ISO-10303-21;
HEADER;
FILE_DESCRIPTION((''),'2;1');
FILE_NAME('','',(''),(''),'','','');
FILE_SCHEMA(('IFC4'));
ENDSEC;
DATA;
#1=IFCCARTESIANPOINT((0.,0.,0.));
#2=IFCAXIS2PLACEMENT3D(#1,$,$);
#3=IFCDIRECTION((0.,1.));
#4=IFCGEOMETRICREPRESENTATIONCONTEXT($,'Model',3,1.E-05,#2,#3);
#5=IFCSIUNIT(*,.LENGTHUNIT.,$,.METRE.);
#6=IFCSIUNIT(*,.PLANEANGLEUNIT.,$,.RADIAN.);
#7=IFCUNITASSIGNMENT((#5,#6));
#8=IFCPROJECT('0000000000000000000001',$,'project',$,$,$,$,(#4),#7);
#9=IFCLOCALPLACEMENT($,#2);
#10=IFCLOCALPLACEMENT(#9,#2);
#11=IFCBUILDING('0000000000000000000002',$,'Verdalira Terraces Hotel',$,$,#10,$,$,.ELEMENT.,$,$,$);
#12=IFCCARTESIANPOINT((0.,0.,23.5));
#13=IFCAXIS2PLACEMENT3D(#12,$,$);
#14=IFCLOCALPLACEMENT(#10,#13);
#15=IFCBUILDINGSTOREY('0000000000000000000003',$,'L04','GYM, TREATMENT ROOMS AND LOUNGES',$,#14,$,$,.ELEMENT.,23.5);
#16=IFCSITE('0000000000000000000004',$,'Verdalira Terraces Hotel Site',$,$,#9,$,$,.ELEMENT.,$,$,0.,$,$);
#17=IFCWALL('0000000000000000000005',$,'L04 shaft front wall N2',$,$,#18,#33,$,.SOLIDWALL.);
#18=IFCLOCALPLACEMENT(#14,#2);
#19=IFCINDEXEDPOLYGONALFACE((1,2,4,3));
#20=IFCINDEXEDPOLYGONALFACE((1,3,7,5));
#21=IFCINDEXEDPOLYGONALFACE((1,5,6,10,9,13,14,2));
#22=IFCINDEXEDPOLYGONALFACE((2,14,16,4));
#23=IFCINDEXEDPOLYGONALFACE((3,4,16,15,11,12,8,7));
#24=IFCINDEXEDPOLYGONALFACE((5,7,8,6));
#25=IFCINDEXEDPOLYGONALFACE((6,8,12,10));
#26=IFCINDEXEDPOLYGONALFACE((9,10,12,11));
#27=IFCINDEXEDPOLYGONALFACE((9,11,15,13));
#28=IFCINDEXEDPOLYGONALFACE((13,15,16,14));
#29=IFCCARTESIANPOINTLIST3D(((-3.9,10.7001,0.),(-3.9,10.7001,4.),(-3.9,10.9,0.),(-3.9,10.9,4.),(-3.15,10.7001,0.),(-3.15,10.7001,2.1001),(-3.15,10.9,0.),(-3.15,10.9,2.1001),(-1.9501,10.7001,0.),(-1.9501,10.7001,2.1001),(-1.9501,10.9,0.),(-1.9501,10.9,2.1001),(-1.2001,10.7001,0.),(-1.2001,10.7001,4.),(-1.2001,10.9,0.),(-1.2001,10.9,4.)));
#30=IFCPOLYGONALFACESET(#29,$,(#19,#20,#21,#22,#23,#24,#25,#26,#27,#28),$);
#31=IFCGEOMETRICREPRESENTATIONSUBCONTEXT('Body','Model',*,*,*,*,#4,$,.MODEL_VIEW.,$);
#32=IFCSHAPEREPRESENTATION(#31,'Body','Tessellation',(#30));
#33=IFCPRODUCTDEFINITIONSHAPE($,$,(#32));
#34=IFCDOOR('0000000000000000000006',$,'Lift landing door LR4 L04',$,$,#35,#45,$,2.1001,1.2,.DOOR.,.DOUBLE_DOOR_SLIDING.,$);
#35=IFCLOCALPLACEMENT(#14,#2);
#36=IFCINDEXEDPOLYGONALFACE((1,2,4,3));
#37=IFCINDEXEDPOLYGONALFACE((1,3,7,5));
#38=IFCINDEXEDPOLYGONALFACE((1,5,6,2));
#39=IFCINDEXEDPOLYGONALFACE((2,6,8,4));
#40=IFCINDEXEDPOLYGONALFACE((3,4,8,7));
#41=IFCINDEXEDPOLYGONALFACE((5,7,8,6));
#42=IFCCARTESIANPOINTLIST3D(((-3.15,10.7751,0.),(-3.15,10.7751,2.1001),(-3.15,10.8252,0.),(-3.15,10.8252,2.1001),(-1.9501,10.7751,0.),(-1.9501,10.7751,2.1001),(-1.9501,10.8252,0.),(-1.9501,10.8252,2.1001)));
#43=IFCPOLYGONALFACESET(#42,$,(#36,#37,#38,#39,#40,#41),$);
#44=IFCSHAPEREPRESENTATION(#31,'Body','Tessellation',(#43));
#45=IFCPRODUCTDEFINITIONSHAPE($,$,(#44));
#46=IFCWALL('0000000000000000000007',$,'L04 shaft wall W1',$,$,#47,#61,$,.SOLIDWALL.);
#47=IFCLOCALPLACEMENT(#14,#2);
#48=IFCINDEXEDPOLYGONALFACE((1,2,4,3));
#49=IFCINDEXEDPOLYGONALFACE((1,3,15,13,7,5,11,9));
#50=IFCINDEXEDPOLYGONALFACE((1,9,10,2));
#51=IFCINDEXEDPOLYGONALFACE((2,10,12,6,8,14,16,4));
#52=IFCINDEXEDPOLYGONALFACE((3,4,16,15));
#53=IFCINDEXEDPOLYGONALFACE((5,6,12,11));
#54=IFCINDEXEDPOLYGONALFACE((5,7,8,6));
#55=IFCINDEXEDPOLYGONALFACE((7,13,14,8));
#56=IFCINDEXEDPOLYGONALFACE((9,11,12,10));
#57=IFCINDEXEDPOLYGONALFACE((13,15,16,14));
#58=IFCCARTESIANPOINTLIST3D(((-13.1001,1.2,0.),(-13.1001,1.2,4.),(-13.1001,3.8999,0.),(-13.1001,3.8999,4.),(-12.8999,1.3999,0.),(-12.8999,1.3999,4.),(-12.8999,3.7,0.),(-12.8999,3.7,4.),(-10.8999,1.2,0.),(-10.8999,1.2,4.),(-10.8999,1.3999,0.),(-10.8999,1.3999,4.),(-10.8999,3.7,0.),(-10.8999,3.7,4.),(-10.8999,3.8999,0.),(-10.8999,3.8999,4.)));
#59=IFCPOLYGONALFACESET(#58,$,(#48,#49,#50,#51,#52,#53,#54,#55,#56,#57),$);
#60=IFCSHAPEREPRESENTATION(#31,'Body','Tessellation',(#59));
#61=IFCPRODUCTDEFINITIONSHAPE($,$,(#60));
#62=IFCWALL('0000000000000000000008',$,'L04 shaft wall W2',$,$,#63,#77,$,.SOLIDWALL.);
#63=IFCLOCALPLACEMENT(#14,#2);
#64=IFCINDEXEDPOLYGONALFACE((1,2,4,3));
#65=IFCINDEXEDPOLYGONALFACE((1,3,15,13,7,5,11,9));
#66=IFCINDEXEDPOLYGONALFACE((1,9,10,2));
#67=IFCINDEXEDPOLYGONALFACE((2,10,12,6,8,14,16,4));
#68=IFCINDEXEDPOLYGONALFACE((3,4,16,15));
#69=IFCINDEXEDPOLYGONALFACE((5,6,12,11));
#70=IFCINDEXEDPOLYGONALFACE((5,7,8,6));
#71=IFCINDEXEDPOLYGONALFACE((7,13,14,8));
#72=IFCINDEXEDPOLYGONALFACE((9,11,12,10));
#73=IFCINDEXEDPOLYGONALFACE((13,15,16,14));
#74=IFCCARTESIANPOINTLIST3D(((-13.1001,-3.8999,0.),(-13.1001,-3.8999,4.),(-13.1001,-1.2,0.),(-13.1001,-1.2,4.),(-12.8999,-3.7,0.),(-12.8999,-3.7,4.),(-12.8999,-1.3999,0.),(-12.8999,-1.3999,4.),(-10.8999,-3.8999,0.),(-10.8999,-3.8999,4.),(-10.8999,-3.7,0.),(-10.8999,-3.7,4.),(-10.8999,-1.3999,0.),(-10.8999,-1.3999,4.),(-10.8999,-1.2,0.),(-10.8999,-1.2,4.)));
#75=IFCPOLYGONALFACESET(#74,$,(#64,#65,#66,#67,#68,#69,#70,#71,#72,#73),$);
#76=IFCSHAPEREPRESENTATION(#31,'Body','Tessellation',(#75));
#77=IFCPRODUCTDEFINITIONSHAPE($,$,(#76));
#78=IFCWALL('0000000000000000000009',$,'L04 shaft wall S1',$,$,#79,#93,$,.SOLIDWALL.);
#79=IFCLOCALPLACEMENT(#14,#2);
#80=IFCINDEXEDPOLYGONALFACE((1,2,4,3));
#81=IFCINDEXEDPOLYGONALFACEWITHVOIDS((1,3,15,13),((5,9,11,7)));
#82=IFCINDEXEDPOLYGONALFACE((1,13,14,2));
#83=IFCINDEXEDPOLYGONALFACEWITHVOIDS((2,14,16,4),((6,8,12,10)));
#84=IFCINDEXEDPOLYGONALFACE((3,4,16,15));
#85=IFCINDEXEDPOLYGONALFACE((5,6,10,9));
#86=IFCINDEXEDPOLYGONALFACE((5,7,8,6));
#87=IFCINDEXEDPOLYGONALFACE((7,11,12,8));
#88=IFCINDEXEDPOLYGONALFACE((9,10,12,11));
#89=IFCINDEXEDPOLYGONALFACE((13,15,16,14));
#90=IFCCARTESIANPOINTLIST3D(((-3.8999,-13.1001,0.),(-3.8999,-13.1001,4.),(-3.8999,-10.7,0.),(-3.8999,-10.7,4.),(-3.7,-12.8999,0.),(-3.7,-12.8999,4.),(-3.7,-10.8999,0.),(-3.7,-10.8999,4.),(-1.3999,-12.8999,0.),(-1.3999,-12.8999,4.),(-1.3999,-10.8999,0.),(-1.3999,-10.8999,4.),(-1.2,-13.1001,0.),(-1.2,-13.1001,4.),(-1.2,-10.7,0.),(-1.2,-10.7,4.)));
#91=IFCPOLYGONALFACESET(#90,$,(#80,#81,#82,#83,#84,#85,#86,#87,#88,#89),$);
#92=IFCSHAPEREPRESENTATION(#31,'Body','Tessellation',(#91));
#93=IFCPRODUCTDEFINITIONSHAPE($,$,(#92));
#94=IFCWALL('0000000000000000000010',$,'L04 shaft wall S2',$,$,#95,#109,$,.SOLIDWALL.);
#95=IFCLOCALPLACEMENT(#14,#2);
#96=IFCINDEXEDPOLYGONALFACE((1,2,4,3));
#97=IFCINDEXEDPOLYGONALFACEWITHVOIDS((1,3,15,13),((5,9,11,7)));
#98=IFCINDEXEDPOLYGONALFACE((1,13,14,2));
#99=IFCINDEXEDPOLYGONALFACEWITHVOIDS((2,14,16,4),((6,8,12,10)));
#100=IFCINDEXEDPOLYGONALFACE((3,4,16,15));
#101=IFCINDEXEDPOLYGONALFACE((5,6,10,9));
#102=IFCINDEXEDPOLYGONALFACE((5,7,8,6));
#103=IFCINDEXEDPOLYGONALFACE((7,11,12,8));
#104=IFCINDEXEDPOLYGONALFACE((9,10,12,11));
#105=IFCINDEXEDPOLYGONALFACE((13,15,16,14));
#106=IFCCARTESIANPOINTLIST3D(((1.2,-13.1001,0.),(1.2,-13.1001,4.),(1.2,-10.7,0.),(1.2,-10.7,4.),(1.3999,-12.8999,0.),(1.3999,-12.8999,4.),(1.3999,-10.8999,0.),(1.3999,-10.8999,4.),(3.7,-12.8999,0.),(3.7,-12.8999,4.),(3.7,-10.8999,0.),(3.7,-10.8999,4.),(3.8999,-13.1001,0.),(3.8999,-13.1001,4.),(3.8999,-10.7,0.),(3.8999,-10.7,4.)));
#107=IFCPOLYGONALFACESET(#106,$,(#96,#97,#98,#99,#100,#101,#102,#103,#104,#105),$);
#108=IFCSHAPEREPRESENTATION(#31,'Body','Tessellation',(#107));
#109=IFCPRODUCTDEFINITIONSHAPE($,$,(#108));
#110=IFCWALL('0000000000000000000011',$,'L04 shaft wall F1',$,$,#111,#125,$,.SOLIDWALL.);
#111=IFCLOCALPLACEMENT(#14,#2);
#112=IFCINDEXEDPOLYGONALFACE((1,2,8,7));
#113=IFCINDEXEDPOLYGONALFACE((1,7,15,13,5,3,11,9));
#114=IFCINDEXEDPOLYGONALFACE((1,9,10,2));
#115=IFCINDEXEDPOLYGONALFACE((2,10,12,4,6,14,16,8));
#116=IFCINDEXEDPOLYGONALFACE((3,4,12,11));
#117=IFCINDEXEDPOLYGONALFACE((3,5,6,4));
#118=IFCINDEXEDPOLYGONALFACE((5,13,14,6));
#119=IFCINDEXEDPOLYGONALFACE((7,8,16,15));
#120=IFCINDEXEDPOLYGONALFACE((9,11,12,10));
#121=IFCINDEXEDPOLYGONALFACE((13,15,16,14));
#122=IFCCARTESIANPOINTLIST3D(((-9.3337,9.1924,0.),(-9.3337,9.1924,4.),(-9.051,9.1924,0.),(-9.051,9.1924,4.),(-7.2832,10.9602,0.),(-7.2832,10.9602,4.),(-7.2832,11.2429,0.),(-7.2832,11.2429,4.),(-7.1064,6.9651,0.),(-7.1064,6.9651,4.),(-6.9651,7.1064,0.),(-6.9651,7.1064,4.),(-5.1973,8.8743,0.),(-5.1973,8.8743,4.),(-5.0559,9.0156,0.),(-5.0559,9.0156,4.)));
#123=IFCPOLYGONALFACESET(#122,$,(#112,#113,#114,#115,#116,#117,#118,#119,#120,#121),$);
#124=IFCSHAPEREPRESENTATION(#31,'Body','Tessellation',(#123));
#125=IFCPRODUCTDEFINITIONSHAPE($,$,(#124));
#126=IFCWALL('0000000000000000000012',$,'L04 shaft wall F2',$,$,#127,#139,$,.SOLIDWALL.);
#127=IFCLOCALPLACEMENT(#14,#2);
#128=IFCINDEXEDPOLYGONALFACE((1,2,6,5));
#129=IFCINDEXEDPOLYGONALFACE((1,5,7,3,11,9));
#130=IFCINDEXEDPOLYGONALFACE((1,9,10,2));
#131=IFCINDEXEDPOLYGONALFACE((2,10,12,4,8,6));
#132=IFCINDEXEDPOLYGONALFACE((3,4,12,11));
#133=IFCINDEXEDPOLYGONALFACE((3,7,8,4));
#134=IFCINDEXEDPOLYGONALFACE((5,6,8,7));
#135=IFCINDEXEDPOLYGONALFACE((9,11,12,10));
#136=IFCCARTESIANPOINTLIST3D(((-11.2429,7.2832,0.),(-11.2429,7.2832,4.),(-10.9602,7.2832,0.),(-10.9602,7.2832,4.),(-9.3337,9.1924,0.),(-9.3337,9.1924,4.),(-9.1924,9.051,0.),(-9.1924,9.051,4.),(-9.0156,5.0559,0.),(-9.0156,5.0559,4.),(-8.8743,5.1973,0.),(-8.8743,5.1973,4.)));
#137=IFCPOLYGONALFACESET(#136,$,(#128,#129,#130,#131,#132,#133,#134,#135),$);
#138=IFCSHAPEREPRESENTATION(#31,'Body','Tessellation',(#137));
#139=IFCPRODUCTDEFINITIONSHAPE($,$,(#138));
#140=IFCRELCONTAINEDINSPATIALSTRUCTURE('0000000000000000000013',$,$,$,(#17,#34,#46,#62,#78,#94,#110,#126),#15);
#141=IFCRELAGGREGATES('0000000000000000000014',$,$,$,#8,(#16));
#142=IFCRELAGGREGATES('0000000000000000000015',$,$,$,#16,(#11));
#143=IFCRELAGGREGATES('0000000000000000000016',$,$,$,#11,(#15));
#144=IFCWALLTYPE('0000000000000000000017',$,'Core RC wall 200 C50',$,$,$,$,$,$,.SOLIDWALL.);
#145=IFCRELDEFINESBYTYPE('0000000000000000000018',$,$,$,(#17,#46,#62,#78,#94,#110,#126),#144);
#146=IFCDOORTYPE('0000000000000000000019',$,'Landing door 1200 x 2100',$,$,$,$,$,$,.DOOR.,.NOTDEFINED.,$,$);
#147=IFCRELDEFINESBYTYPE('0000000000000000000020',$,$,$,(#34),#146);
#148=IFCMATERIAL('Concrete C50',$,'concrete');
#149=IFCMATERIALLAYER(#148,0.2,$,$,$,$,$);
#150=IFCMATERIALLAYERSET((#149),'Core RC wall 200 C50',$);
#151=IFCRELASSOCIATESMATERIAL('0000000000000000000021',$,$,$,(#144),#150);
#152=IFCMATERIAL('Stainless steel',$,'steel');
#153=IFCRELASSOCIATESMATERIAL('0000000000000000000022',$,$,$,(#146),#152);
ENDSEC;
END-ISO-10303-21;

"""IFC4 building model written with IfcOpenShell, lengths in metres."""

from ifc_helpers import new_model, si_unit, direction, frame, frame_2d, origin, place, context, subcontext, project, spatial, polyline, rectangle, outline, extrude, material, layer, layer_set, type_object, element, fill, save


model = new_model("IFC4")

# Units and contexts
model_context = context("Model", 3, precision=1e-05, world=origin(), true_north=direction((0.0, 1.0)))
body_context = subcontext(model_context, "Body", "Model", "MODEL_VIEW")
ifc_project = project(units=[si_unit("LENGTHUNIT", "METRE"), si_unit("PLANEANGLEUNIT", "RADIAN")], contexts=[model_context])

# Site, building, storey
site_placement = place(None, origin())
site = spatial("IfcSite", under=ifc_project, at=site_placement, Name="Verdalira Terraces Hotel Site", CompositionType="ELEMENT", RefElevation=0.0)
building_placement = place(site_placement, origin())
building = spatial("IfcBuilding", under=site, at=building_placement, Name="Verdalira Terraces Hotel", CompositionType="ELEMENT")
storey_placement = place(building_placement, frame((0.0, 0.0, 23.5)))
storey = spatial("IfcBuildingStorey", under=building, at=storey_placement, Name="L04", Description="GYM, TREATMENT ROOMS AND LOUNGES", CompositionType="ELEMENT", Elevation=23.5)

# Shared definitions
ifc_material_1 = material(Name="Concrete C50", Category="concrete")
ifc_layer_1 = layer(ifc_material_1, 0.2)
ifc_layer_set_1 = layer_set([ifc_layer_1], Name="Core RC wall 200 C50")
wall_type_1 = type_object("IfcWallType", Name="Core RC wall 200 C50", PredefinedType="SOLIDWALL", material=ifc_layer_set_1)

# Wall, opening, door
wall_1_placement = place(storey_placement, frame((-1.2, 10.8, 0.0), z_axis=(0.0, 0.0, 1.0), x_axis=(-1.0, 0.0, 0.0)))
wall_1 = element("IfcWall", 1, at=wall_1_placement, inside=storey, type_object=wall_type_1, Name="L04 shaft front wall N2", PredefinedType="SOLIDWALL", context=body_context, shape_type="SweptSolid", body=[
    extrude(rectangle(XDim=2.7, YDim=0.2, at=frame_2d((1.3501, 0.0))), origin(), (0.0, 0.0, 1.0), 4.0),
])
opening_placement = place(wall_1_placement, frame((0.75, 0.0, 0.0)))
opening = element("IfcOpeningElement", 2, at=opening_placement, cuts=wall_1, PredefinedType="OPENING", context=body_context, shape_type="SweptSolid", body=[
    extrude(rectangle(XDim=1.2, YDim=2.1001, at=frame_2d((0.6001, 1.05))), frame((0.0, 0.1099, 0.0), z_axis=(0.0, -1.0, 0.0), x_axis=(1.0, 0.0, 0.0)), (0.0, 0.0, 1.0), 0.22),
])
ifc_material_2 = material(Name="Stainless steel", Category="steel")
door_type = type_object("IfcDoorType", Name="Landing door 1200 x 2100", OperationType="NOTDEFINED", PredefinedType="DOOR", material=ifc_material_2)
door_placement = place(opening_placement, origin())
door = element("IfcDoor", 3, at=door_placement, inside=storey, type_object=door_type, Name="Lift landing door LR4 L04", OperationType="DOUBLE_DOOR_SLIDING", OverallHeight=2.1001, OverallWidth=1.2, PredefinedType="DOOR", context=body_context, shape_type="SweptSolid", body=[
    extrude(rectangle(XDim=1.2, YDim=2.1001, at=frame_2d((0.6001, 1.05))), frame((0.0, 0.0249, 0.0), z_axis=(0.0, -1.0, 0.0), x_axis=(1.0, 0.0, 0.0)), (0.0, 0.0, 1.0), 0.05),
])
fill(opening, door)

# Walls
wall_2_placement = place(storey_placement, origin())
element("IfcWall", 4, at=wall_2_placement, inside=storey, type_object=wall_type_1, Name="L04 shaft wall W1", PredefinedType="SOLIDWALL", context=body_context, shape_type="SweptSolid", body=[
    extrude(outline(polyline([(-13.1001, 3.8999), (-10.8999, 3.8999), (-10.8999, 3.7), (-12.8999, 3.7), (-12.8999, 1.3999), (-10.8999, 1.3999), (-10.8999, 1.2), (-13.1001, 1.2), (-13.1001, 3.8999)])), origin(), (0.0, 0.0, 1.0), 4.0),
])
wall_3_placement = place(storey_placement, origin())
element("IfcWall", 5, at=wall_3_placement, inside=storey, type_object=wall_type_1, Name="L04 shaft wall W2", PredefinedType="SOLIDWALL", context=body_context, shape_type="SweptSolid", body=[
    extrude(outline(polyline([(-13.1001, -3.8999), (-13.1001, -1.2), (-10.8999, -1.2), (-10.8999, -1.3999), (-12.8999, -1.3999), (-12.8999, -3.7), (-10.8999, -3.7), (-10.8999, -3.8999), (-13.1001, -3.8999)])), origin(), (0.0, 0.0, 1.0), 4.0),
])
wall_4_placement = place(storey_placement, origin())
element("IfcWall", 6, at=wall_4_placement, inside=storey, type_object=wall_type_1, Name="L04 shaft wall S1", PredefinedType="SOLIDWALL", context=body_context, shape_type="SweptSolid", body=[
    extrude(outline(polyline([(-1.2, -13.1001), (-3.8999, -13.1001), (-3.8999, -10.7), (-1.2, -10.7), (-1.2, -13.1001)]), holes=[polyline([(-3.7, -10.8999), (-3.7, -12.8999), (-1.3999, -12.8999), (-1.3999, -10.8999), (-3.7, -10.8999)])]), origin(), (0.0, 0.0, 1.0), 4.0),
])
wall_5_placement = place(storey_placement, origin())
element("IfcWall", 7, at=wall_5_placement, inside=storey, type_object=wall_type_1, Name="L04 shaft wall S2", PredefinedType="SOLIDWALL", context=body_context, shape_type="SweptSolid", body=[
    extrude(outline(polyline([(3.8999, -10.7), (3.8999, -13.1001), (1.2, -13.1001), (1.2, -10.7), (3.8999, -10.7)]), holes=[polyline([(1.3999, -12.8999), (3.7, -12.8999), (3.7, -10.8999), (1.3999, -10.8999), (1.3999, -12.8999)])]), origin(), (0.0, 0.0, 1.0), 4.0),
])
wall_6_placement = place(storey_placement, origin())
element("IfcWall", 8, at=wall_6_placement, inside=storey, type_object=wall_type_1, Name="L04 shaft wall F1", PredefinedType="SOLIDWALL", context=body_context, shape_type="SweptSolid", body=[
    extrude(outline(polyline([(-9.3337, 9.1924), (-7.2832, 11.2429), (-5.0559, 9.0156), (-5.1973, 8.8743), (-7.2832, 10.9602), (-9.051, 9.1924), (-6.9651, 7.1064), (-7.1064, 6.9651), (-9.3337, 9.1924)])), origin(), (0.0, 0.0, 1.0), 4.0),
])
wall_7_placement = place(storey_placement, origin())
element("IfcWall", 9, at=wall_7_placement, inside=storey, type_object=wall_type_1, Name="L04 shaft wall F2", PredefinedType="SOLIDWALL", context=body_context, shape_type="SweptSolid", body=[
    extrude(outline(polyline([(-11.2429, 7.2832), (-9.3337, 9.1924), (-9.1924, 9.051), (-10.9602, 7.2832), (-8.8743, 5.1973), (-9.0156, 5.0559), (-11.2429, 7.2832)])), origin(), (0.0, 0.0, 1.0), 4.0),
])

save(model, "model.ifc")
